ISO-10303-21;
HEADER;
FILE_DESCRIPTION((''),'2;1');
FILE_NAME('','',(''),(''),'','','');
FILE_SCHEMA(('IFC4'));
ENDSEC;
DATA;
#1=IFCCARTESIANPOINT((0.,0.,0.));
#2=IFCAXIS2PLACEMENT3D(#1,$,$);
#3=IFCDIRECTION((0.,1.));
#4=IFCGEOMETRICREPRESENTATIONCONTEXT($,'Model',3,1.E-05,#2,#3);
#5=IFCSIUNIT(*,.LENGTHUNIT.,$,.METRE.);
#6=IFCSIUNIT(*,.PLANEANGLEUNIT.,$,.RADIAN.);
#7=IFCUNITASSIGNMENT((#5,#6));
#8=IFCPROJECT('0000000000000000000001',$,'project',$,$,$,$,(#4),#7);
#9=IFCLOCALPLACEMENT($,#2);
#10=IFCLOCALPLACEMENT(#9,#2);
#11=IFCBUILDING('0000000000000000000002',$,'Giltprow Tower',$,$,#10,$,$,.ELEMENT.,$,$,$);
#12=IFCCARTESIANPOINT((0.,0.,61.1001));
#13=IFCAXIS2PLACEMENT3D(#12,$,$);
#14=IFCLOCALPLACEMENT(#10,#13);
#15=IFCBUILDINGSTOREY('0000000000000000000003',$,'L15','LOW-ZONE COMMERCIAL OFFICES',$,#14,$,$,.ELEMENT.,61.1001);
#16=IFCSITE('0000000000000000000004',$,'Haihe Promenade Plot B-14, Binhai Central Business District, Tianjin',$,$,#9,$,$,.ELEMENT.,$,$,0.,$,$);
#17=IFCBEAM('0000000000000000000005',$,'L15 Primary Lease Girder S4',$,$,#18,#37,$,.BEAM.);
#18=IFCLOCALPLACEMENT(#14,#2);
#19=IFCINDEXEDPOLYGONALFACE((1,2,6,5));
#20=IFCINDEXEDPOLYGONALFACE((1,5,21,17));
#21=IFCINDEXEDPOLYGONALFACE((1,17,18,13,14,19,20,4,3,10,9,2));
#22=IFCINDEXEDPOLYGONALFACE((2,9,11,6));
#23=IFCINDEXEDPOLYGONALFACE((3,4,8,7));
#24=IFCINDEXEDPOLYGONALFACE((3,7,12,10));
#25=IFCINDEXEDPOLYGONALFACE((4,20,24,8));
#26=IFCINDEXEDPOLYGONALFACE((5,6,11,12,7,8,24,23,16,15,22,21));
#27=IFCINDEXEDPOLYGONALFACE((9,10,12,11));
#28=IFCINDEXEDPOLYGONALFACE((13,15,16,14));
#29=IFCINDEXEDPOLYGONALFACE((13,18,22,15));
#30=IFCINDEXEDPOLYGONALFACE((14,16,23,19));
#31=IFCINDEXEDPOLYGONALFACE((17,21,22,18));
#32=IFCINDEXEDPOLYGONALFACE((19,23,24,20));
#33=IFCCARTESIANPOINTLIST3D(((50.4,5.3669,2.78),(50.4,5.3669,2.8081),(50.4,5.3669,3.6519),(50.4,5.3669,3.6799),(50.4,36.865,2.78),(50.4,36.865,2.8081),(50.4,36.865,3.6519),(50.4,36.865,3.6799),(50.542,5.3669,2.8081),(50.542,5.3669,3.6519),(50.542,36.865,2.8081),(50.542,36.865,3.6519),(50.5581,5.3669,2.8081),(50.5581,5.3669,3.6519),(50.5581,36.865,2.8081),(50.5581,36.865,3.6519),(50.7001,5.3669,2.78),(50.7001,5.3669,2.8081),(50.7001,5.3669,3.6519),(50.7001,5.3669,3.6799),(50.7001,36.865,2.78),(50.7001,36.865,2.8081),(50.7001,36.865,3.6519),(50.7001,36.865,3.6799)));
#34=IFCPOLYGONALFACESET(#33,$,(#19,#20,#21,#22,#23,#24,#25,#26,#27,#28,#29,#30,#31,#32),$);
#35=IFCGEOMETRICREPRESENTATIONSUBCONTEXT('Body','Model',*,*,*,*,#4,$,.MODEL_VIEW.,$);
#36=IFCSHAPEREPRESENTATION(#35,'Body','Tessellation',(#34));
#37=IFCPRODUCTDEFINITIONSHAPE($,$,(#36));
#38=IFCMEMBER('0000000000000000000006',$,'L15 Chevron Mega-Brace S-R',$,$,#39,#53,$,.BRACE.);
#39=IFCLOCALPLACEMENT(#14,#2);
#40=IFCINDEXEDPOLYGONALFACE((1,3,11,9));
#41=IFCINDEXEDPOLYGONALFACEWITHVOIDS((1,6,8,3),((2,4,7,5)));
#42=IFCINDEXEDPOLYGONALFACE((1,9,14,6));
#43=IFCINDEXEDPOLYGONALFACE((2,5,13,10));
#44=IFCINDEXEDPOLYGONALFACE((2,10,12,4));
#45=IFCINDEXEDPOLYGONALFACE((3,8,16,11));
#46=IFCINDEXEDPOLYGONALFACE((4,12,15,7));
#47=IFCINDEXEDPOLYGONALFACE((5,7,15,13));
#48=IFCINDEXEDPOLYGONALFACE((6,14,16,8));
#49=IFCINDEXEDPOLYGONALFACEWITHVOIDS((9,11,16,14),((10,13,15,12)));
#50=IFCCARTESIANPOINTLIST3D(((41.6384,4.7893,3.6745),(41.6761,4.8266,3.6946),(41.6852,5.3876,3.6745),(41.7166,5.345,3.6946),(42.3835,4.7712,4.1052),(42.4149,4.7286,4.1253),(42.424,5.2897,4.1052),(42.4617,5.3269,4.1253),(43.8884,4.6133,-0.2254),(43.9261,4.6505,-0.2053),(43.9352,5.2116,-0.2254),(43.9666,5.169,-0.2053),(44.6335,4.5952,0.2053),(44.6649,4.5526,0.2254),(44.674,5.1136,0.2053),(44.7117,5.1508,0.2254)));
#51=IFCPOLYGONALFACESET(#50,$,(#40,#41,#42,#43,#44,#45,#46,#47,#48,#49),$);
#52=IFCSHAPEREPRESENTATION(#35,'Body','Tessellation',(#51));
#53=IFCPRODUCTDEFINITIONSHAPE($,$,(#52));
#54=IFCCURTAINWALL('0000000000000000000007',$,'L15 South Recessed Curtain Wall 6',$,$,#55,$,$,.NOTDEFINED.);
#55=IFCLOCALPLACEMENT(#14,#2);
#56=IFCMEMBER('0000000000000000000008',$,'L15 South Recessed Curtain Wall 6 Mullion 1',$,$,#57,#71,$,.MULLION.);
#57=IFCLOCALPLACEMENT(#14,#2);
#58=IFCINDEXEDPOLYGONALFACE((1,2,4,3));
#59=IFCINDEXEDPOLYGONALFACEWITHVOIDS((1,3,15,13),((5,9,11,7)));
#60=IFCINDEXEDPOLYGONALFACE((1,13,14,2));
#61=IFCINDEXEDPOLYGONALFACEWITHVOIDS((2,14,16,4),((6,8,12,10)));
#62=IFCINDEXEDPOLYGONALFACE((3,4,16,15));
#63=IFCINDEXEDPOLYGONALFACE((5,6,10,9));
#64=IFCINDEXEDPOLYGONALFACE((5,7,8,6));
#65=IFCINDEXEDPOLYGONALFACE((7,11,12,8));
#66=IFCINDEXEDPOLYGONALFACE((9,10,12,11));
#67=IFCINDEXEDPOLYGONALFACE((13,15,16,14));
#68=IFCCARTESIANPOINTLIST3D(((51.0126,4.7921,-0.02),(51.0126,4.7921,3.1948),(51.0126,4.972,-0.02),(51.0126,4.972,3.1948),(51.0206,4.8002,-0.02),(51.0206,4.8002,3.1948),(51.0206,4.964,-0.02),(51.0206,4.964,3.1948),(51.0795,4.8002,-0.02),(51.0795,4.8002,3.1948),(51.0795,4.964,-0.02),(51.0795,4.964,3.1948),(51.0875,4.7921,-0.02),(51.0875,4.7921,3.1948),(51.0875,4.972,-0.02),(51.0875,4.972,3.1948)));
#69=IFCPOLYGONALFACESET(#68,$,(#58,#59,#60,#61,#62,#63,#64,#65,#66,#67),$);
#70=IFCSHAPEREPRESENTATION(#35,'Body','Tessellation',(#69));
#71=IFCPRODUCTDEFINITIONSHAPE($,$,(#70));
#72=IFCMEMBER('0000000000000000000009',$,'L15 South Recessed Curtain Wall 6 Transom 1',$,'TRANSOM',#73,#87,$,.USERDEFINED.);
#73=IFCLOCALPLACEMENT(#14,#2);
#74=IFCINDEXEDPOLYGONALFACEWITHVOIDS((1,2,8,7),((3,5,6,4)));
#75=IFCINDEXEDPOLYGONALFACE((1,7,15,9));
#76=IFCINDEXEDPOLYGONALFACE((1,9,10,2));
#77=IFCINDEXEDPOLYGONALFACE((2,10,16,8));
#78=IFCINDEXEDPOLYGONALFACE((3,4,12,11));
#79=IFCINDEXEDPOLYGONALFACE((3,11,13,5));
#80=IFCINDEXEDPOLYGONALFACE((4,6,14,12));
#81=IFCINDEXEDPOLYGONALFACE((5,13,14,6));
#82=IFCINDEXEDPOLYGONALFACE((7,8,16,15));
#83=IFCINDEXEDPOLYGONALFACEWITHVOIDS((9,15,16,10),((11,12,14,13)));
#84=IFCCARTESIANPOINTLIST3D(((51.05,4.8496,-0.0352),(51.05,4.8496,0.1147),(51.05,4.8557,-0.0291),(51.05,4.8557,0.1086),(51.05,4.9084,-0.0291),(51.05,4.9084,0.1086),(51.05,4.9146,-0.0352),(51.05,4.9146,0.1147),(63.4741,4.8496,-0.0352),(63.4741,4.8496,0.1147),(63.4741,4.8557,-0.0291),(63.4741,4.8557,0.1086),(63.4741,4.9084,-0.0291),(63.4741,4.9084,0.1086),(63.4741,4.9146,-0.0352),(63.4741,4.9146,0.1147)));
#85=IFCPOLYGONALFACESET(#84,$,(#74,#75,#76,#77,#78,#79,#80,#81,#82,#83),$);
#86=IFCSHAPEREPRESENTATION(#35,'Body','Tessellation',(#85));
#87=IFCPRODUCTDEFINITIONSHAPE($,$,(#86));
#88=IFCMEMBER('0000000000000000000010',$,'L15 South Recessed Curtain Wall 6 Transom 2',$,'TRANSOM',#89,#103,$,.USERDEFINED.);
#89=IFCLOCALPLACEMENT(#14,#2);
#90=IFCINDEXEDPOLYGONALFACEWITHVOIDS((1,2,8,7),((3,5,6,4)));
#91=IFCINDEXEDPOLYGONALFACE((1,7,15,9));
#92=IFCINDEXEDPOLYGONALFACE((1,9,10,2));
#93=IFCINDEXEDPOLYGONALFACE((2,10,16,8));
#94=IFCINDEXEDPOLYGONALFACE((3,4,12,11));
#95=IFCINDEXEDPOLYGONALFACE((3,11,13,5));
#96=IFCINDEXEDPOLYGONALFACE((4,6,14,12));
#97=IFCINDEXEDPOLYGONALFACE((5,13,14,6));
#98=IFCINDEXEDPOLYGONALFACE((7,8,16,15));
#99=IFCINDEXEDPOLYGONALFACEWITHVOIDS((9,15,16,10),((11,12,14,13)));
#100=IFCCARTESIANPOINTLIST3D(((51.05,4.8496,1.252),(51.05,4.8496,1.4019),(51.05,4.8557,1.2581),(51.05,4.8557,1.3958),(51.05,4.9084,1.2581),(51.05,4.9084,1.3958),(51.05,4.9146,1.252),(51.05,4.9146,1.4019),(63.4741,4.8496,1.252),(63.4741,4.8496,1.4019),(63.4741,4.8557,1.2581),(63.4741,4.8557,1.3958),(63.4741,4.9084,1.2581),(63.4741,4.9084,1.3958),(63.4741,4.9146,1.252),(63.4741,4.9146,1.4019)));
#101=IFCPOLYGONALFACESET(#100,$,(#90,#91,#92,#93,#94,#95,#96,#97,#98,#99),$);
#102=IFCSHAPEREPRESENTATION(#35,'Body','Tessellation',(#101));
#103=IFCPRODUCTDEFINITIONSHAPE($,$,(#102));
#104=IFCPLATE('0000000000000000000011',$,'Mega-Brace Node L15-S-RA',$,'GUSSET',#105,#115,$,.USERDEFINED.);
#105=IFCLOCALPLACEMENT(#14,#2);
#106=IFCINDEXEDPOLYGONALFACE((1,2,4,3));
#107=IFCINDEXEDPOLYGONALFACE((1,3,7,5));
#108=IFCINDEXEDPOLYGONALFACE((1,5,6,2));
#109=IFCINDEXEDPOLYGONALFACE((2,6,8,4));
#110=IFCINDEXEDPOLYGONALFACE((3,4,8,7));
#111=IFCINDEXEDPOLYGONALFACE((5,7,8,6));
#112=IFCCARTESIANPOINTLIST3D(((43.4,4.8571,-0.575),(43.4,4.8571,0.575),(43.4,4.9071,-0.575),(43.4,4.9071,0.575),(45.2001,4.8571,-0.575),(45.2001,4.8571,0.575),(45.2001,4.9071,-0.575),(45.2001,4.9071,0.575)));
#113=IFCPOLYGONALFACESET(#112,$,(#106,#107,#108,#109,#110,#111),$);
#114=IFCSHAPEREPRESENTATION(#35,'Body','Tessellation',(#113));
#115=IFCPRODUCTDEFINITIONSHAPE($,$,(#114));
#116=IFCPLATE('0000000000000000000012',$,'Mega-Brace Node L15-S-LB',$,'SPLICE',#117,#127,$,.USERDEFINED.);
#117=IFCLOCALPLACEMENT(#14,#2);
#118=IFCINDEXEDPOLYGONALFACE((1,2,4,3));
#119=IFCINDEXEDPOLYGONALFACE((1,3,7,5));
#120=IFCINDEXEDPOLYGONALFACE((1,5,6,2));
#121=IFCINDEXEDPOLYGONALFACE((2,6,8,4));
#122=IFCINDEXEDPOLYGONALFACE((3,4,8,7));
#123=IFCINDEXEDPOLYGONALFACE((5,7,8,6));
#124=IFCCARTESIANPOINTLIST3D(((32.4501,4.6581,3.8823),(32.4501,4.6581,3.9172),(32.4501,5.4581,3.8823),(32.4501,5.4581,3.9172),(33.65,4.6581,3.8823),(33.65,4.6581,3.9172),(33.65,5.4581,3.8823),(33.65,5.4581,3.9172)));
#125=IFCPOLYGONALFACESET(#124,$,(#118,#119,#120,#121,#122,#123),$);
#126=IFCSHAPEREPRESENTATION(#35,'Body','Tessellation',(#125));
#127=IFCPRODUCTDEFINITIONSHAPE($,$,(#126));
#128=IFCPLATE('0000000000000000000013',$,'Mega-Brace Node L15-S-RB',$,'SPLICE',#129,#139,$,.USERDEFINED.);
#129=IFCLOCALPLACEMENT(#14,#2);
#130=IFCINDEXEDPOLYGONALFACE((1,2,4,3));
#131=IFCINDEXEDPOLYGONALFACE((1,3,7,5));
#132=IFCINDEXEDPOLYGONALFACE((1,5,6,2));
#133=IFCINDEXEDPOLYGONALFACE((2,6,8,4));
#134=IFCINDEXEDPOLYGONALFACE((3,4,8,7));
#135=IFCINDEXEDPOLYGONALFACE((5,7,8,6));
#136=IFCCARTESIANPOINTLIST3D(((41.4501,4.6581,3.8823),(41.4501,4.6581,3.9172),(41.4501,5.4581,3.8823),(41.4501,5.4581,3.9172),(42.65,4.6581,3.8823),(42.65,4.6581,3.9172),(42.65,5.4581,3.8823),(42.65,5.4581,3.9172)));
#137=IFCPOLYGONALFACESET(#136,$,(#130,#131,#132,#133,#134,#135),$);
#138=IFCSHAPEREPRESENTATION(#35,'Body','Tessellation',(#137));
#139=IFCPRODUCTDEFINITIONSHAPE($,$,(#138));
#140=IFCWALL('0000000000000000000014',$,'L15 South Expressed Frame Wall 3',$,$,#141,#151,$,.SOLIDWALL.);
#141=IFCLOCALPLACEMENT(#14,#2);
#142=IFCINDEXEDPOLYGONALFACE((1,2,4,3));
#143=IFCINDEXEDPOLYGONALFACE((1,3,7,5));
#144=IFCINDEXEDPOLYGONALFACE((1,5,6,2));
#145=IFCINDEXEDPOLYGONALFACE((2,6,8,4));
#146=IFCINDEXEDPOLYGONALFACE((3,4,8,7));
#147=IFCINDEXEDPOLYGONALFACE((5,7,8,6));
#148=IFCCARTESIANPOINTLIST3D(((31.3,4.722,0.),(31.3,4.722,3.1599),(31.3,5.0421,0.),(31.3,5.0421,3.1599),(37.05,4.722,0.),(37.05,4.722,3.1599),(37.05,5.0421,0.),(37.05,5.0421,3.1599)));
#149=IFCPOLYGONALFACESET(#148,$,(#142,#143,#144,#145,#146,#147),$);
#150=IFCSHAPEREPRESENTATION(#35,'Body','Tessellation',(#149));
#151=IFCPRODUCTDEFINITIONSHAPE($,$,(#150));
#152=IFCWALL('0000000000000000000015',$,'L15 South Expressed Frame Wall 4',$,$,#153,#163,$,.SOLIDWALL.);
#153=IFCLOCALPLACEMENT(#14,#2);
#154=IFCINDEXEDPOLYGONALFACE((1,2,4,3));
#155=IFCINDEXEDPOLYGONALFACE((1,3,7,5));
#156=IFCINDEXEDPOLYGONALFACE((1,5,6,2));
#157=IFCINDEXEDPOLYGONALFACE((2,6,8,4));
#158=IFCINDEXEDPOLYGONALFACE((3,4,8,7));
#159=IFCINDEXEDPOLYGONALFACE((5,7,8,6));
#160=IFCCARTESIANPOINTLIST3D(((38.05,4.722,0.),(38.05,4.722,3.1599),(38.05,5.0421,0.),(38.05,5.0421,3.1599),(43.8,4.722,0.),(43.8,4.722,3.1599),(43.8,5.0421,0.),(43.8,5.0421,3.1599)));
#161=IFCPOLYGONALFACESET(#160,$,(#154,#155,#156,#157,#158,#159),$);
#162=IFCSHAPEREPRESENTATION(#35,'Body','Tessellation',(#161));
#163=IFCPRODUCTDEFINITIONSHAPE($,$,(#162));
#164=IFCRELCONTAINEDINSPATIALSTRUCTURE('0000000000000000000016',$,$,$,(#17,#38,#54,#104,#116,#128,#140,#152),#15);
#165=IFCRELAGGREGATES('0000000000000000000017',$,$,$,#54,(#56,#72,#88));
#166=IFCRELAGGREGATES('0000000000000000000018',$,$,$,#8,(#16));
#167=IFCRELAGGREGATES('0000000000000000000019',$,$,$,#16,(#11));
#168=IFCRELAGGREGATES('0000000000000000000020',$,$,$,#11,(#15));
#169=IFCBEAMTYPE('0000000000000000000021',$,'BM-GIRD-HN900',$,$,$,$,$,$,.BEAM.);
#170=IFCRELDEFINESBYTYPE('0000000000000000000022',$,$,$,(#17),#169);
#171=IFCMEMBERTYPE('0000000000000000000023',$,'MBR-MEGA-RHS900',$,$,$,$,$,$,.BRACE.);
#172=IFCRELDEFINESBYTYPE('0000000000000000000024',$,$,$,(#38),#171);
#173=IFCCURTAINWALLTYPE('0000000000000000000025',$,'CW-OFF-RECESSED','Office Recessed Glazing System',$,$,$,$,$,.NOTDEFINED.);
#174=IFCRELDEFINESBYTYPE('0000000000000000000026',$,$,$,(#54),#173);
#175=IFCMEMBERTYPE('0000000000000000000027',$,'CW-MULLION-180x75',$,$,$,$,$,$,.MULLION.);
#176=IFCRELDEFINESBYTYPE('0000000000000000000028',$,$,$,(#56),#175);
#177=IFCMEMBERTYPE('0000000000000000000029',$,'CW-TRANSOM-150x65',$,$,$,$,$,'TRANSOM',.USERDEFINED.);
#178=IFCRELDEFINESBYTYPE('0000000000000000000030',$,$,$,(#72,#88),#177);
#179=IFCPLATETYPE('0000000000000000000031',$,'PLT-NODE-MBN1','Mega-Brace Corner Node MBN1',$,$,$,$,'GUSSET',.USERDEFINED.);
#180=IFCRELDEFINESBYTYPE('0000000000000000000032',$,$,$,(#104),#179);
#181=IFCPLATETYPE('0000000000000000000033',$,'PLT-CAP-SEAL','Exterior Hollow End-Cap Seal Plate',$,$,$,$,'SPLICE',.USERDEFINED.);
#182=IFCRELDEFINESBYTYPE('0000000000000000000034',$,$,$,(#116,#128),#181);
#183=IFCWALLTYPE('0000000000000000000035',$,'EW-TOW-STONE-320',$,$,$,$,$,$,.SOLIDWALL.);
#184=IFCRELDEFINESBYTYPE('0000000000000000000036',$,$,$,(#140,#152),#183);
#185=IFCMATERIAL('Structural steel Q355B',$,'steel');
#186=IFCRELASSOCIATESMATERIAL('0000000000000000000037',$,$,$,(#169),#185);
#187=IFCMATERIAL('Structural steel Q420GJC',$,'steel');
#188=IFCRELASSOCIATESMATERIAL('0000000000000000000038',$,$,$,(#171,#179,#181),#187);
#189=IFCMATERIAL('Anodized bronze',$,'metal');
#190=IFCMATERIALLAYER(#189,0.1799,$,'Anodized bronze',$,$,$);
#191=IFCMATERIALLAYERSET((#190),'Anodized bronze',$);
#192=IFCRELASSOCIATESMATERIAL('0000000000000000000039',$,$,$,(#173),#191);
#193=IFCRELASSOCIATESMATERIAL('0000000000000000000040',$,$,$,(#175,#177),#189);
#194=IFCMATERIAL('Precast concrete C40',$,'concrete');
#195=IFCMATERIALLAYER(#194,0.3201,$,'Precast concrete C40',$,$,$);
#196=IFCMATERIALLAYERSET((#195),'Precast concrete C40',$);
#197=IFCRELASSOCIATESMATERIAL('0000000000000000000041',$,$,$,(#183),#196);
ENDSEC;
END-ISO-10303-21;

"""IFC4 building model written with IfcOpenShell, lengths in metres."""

from ifc_helpers import new_model, si_unit, direction, frame, frame_2d, origin, origin_2d, place, context, subcontext, project, spatial, rectangle, hollow_rectangle, i_section, extrude, source, transform, mapped, material, layer, layer_set, material_profile, profile_set, type_object, element, aggregate, save


model = new_model("IFC4")

# Units and contexts
model_context = context("Model", 3, precision=1e-05, world=origin(), true_north=direction((0.0, 1.0)))
body_context = subcontext(model_context, "Body", "Model", "MODEL_VIEW")
ifc_project = project(units=[si_unit("LENGTHUNIT", "METRE"), si_unit("PLANEANGLEUNIT", "RADIAN")], contexts=[model_context])

# Site, building, storey
site_placement = place(None, origin())
site = spatial("IfcSite", under=ifc_project, at=site_placement, Name="Haihe Promenade Plot B-14, Binhai Central Business District, Tianjin", CompositionType="ELEMENT", RefElevation=0.0)
building_placement = place(site_placement, origin())
building = spatial("IfcBuilding", under=site, at=building_placement, Name="Giltprow Tower", CompositionType="ELEMENT")
storey_placement = place(building_placement, frame((0.0, 0.0, 61.1001)))
storey = spatial("IfcBuildingStorey", under=building, at=storey_placement, Name="L15", Description="LOW-ZONE COMMERCIAL OFFICES", CompositionType="ELEMENT", Elevation=61.1001)

# Shared definitions
ifc_material_1 = material(Name="Structural steel Q420GJC", Category="steel")

# Beam
ifc_material_2 = material(Name="Structural steel Q355B", Category="steel")
ifc_material_profile_1 = material_profile(ifc_material_2, i_section(OverallWidth=0.3, OverallDepth=0.8999, WebThickness=0.0161, FlangeThickness=0.0281, at=origin_2d()), Name="HN 900x300x16x28")
ifc_profile_set_1 = profile_set([ifc_material_profile_1], Name="Structural steel Q355B")
beam_type_1 = type_object("IfcBeamType", Name="BM-GIRD-HN900", PredefinedType="BEAM", material=ifc_profile_set_1)
shared_shape_1 = source(origin(), body_context, "Body", "SweptSolid", [
    extrude(i_section(OverallWidth=0.3, OverallDepth=0.8999, WebThickness=0.0161, FlangeThickness=0.0281, at=origin_2d()), origin(), (0.0, 0.0, 1.0), 31.498),
])
for number, where, z_axis, x_axis, name in (
    (1, (50.55, 5.3669, 3.23), (0.0, 1.0, 0.0), (-1.0, 0.0, 0.0), "L15 Primary Lease Girder S4"),
):
    element("IfcBeam", number, at=place(storey_placement, frame(where, z_axis=z_axis, x_axis=x_axis)), inside=storey, type_object=beam_type_1, Name=name, PredefinedType="BEAM", context=body_context, shape_type="MappedRepresentation", body=[
        mapped(shared_shape_1, transform((0.0, 0.0, 0.0), x_axis=(1.0, 0.0, 0.0), y_axis=(0.0, 1.0, 0.0), z_axis=(0.0, 0.0, 1.0), scale=1.0)),
    ])

# Member
ifc_material_profile_2 = material_profile(ifc_material_1, hollow_rectangle(XDim=0.6001, YDim=0.8999, WallThickness=0.04, at=origin_2d()), Name="RHS 900x600x40")
ifc_profile_set_2 = profile_set([ifc_material_profile_2], Name="Structural steel Q420GJC")
member_type_1 = type_object("IfcMemberType", Name="MBR-MEGA-RHS900", PredefinedType="BRACE", material=ifc_profile_set_2)
shared_shape_2 = source(origin(), body_context, "Body", "SweptSolid", [
    extrude(hollow_rectangle(XDim=0.6001, YDim=0.8999, WallThickness=0.04, at=origin_2d()), origin(), (0.0, 0.0, 1.0), 4.5059),
])
member_1_placement = place(storey_placement, frame((44.3, 4.8821, 0.0), z_axis=(-0.49935, 0.039066, 0.865519), x_axis=(-0.077995, -0.996954, 0.0)))
element("IfcMember", 2, at=member_1_placement, inside=storey, type_object=member_type_1, Name="L15 Chevron Mega-Brace S-R", PredefinedType="BRACE", context=body_context, shape_type="MappedRepresentation", body=[
    mapped(shared_shape_2, transform((0.0, 0.0, 0.0), x_axis=(1.0, 0.0, 0.0), y_axis=(0.0, 1.0, 0.0), z_axis=(0.0, 0.0, 1.0), scale=1.0)),
])

# Curtain wall, members
ifc_material_3 = material(Name="Anodized bronze", Category="metal")
ifc_layer_1 = layer(ifc_material_3, 0.1799, Name="Anodized bronze")
ifc_layer_set_1 = layer_set([ifc_layer_1], Name="Anodized bronze")
curtain_wall_type = type_object("IfcCurtainWallType", Name="CW-OFF-RECESSED", Description="Office Recessed Glazing System", PredefinedType="NOTDEFINED", material=ifc_layer_set_1)
curtain_wall_placement = place(storey_placement, origin())
curtain_wall = element("IfcCurtainWall", 3, at=curtain_wall_placement, inside=storey, type_object=curtain_wall_type, Name="L15 South Recessed Curtain Wall 6", PredefinedType="NOTDEFINED")
ifc_material_profile_3 = material_profile(ifc_material_3, hollow_rectangle(XDim=0.075, YDim=0.1799, WallThickness=0.0081, at=origin_2d()), Name="RHS 180x75x8")
ifc_profile_set_3 = profile_set([ifc_material_profile_3], Name="Anodized bronze")
member_type_2 = type_object("IfcMemberType", Name="CW-MULLION-180x75", PredefinedType="MULLION", material=ifc_profile_set_3)
shared_shape_3 = source(origin(), body_context, "Body", "SweptSolid", [
    extrude(hollow_rectangle(XDim=0.075, YDim=0.1799, WallThickness=0.0081, at=origin_2d()), origin(), (0.0, 0.0, 1.0), 3.2148),
])
member_2_placement = place(storey_placement, frame((51.05, 4.8821, -0.02), z_axis=(0.0, 0.0, 1.0), x_axis=(1.0, 0.0, 0.0)))
member_2 = element("IfcMember", 4, at=member_2_placement, type_object=member_type_2, Name="L15 South Recessed Curtain Wall 6 Mullion 1", PredefinedType="MULLION", context=body_context, shape_type="MappedRepresentation", body=[
    mapped(shared_shape_3, transform((0.0, 0.0, 0.0), x_axis=(1.0, 0.0, 0.0), y_axis=(0.0, 1.0, 0.0), z_axis=(0.0, 0.0, 1.0), scale=1.0)),
])
ifc_material_profile_4 = material_profile(ifc_material_3, hollow_rectangle(XDim=0.0649, YDim=0.1499, WallThickness=0.0061, at=origin_2d()), Name="RHS 150x65x6")
ifc_profile_set_4 = profile_set([ifc_material_profile_4], Name="Anodized bronze")
member_type_3 = type_object("IfcMemberType", Name="CW-TRANSOM-150x65", ElementType="TRANSOM", PredefinedType="USERDEFINED", material=ifc_profile_set_4)
shared_shape_4 = source(origin(), body_context, "Body", "SweptSolid", [
    extrude(hollow_rectangle(XDim=0.0649, YDim=0.1499, WallThickness=0.0061, at=origin_2d()), origin(), (0.0, 0.0, 1.0), 12.4241),
])
member_3_placement = place(storey_placement, frame((51.05, 4.8821, 0.0398), z_axis=(1.0, 0.0, 0.0), x_axis=(0.0, 1.0, 0.0)))
member_3 = element("IfcMember", 5, at=member_3_placement, type_object=member_type_3, Name="L15 South Recessed Curtain Wall 6 Transom 1", ObjectType="TRANSOM", PredefinedType="USERDEFINED", context=body_context, shape_type="MappedRepresentation", body=[
    mapped(shared_shape_4, transform((0.0, 0.0, 0.0), x_axis=(1.0, 0.0, 0.0), y_axis=(0.0, 1.0, 0.0), z_axis=(0.0, 0.0, 1.0), scale=1.0)),
])
member_4_placement = place(storey_placement, frame((51.05, 4.8821, 1.3269), z_axis=(1.0, 0.0, 0.0), x_axis=(0.0, 1.0, 0.0)))
member_4 = element("IfcMember", 6, at=member_4_placement, type_object=member_type_3, Name="L15 South Recessed Curtain Wall 6 Transom 2", ObjectType="TRANSOM", PredefinedType="USERDEFINED", context=body_context, shape_type="MappedRepresentation", body=[
    mapped(shared_shape_4, transform((0.0, 0.0, 0.0), x_axis=(1.0, 0.0, 0.0), y_axis=(0.0, 1.0, 0.0), z_axis=(0.0, 0.0, 1.0), scale=1.0)),
])
aggregate(curtain_wall, [member_2, member_3, member_4])

# Plates
plate_type_1 = type_object("IfcPlateType", Name="PLT-NODE-MBN1", Description="Mega-Brace Corner Node MBN1", ElementType="GUSSET", PredefinedType="USERDEFINED", material=ifc_material_1)
shared_shape_5 = source(origin(), body_context, "Body", "SweptSolid", [
    extrude(rectangle(XDim=1.8, YDim=0.05, at=origin_2d()), origin(), (0.0, 0.0, 1.0), 1.1499),
])
plate_placement = place(storey_placement, frame((44.3, 4.8821, -0.575), z_axis=(0.0, 0.0, 1.0), x_axis=(1.0, 0.0, 0.0)))
element("IfcPlate", 7, at=plate_placement, inside=storey, type_object=plate_type_1, Name="Mega-Brace Node L15-S-RA", ObjectType="GUSSET", PredefinedType="USERDEFINED", context=body_context, shape_type="MappedRepresentation", body=[
    mapped(shared_shape_5, transform((0.0, 0.0, 0.0), x_axis=(1.0, 0.0, 0.0), y_axis=(0.0, 1.0, 0.0), z_axis=(0.0, 0.0, 1.0), scale=1.0)),
])
plate_type_2 = type_object("IfcPlateType", Name="PLT-CAP-SEAL", Description="Exterior Hollow End-Cap Seal Plate", ElementType="SPLICE", PredefinedType="USERDEFINED", material=ifc_material_1)
shared_shape_6 = source(origin(), body_context, "Body", "SweptSolid", [
    extrude(rectangle(XDim=1.2, YDim=0.8, at=origin_2d()), origin(), (0.0, 0.0, 1.0), 0.0349),
])
for number, where, z_axis, x_axis, name in (
    (8, (33.05, 5.0581, 3.8823), (0.0, 0.0, 1.0), (1.0, 0.0, 0.0), "Mega-Brace Node L15-S-LB"),
    (9, (42.05, 5.0581, 3.8823), (0.0, 0.0, 1.0), (1.0, 0.0, 0.0), "Mega-Brace Node L15-S-RB"),
):
    element("IfcPlate", number, at=place(storey_placement, frame(where, z_axis=z_axis, x_axis=x_axis)), inside=storey, type_object=plate_type_2, Name=name, ObjectType="SPLICE", PredefinedType="USERDEFINED", context=body_context, shape_type="MappedRepresentation", body=[
        mapped(shared_shape_6, transform((0.0, 0.0, 0.0), x_axis=(1.0, 0.0, 0.0), y_axis=(0.0, 1.0, 0.0), z_axis=(0.0, 0.0, 1.0), scale=1.0)),
    ])

# Walls
ifc_material_4 = material(Name="Precast concrete C40", Category="concrete")
ifc_layer_2 = layer(ifc_material_4, 0.3201, Name="Precast concrete C40")
ifc_layer_set_2 = layer_set([ifc_layer_2], Name="Precast concrete C40")
wall_type_1 = type_object("IfcWallType", Name="EW-TOW-STONE-320", PredefinedType="SOLIDWALL", material=ifc_layer_set_2)
for number, where, z_axis, x_axis, name in (
    (10, (31.3, 4.8821, 0.0), (0.0, 0.0, 1.0), (1.0, 0.0, 0.0), "L15 South Expressed Frame Wall 3"),
    (11, (38.05, 4.8821, 0.0), (0.0, 0.0, 1.0), (1.0, 0.0, 0.0), "L15 South Expressed Frame Wall 4"),
):
    element("IfcWall", number, at=place(storey_placement, frame(where, z_axis=z_axis, x_axis=x_axis)), inside=storey, type_object=wall_type_1, Name=name, PredefinedType="SOLIDWALL", context=body_context, shape_type="SweptSolid", body=[
        extrude(rectangle(XDim=5.75, YDim=0.3201, at=frame_2d((2.875, 0.0))), origin(), (0.0, 0.0, 1.0), 3.1599),
    ])

save(model, "model.ifc")
